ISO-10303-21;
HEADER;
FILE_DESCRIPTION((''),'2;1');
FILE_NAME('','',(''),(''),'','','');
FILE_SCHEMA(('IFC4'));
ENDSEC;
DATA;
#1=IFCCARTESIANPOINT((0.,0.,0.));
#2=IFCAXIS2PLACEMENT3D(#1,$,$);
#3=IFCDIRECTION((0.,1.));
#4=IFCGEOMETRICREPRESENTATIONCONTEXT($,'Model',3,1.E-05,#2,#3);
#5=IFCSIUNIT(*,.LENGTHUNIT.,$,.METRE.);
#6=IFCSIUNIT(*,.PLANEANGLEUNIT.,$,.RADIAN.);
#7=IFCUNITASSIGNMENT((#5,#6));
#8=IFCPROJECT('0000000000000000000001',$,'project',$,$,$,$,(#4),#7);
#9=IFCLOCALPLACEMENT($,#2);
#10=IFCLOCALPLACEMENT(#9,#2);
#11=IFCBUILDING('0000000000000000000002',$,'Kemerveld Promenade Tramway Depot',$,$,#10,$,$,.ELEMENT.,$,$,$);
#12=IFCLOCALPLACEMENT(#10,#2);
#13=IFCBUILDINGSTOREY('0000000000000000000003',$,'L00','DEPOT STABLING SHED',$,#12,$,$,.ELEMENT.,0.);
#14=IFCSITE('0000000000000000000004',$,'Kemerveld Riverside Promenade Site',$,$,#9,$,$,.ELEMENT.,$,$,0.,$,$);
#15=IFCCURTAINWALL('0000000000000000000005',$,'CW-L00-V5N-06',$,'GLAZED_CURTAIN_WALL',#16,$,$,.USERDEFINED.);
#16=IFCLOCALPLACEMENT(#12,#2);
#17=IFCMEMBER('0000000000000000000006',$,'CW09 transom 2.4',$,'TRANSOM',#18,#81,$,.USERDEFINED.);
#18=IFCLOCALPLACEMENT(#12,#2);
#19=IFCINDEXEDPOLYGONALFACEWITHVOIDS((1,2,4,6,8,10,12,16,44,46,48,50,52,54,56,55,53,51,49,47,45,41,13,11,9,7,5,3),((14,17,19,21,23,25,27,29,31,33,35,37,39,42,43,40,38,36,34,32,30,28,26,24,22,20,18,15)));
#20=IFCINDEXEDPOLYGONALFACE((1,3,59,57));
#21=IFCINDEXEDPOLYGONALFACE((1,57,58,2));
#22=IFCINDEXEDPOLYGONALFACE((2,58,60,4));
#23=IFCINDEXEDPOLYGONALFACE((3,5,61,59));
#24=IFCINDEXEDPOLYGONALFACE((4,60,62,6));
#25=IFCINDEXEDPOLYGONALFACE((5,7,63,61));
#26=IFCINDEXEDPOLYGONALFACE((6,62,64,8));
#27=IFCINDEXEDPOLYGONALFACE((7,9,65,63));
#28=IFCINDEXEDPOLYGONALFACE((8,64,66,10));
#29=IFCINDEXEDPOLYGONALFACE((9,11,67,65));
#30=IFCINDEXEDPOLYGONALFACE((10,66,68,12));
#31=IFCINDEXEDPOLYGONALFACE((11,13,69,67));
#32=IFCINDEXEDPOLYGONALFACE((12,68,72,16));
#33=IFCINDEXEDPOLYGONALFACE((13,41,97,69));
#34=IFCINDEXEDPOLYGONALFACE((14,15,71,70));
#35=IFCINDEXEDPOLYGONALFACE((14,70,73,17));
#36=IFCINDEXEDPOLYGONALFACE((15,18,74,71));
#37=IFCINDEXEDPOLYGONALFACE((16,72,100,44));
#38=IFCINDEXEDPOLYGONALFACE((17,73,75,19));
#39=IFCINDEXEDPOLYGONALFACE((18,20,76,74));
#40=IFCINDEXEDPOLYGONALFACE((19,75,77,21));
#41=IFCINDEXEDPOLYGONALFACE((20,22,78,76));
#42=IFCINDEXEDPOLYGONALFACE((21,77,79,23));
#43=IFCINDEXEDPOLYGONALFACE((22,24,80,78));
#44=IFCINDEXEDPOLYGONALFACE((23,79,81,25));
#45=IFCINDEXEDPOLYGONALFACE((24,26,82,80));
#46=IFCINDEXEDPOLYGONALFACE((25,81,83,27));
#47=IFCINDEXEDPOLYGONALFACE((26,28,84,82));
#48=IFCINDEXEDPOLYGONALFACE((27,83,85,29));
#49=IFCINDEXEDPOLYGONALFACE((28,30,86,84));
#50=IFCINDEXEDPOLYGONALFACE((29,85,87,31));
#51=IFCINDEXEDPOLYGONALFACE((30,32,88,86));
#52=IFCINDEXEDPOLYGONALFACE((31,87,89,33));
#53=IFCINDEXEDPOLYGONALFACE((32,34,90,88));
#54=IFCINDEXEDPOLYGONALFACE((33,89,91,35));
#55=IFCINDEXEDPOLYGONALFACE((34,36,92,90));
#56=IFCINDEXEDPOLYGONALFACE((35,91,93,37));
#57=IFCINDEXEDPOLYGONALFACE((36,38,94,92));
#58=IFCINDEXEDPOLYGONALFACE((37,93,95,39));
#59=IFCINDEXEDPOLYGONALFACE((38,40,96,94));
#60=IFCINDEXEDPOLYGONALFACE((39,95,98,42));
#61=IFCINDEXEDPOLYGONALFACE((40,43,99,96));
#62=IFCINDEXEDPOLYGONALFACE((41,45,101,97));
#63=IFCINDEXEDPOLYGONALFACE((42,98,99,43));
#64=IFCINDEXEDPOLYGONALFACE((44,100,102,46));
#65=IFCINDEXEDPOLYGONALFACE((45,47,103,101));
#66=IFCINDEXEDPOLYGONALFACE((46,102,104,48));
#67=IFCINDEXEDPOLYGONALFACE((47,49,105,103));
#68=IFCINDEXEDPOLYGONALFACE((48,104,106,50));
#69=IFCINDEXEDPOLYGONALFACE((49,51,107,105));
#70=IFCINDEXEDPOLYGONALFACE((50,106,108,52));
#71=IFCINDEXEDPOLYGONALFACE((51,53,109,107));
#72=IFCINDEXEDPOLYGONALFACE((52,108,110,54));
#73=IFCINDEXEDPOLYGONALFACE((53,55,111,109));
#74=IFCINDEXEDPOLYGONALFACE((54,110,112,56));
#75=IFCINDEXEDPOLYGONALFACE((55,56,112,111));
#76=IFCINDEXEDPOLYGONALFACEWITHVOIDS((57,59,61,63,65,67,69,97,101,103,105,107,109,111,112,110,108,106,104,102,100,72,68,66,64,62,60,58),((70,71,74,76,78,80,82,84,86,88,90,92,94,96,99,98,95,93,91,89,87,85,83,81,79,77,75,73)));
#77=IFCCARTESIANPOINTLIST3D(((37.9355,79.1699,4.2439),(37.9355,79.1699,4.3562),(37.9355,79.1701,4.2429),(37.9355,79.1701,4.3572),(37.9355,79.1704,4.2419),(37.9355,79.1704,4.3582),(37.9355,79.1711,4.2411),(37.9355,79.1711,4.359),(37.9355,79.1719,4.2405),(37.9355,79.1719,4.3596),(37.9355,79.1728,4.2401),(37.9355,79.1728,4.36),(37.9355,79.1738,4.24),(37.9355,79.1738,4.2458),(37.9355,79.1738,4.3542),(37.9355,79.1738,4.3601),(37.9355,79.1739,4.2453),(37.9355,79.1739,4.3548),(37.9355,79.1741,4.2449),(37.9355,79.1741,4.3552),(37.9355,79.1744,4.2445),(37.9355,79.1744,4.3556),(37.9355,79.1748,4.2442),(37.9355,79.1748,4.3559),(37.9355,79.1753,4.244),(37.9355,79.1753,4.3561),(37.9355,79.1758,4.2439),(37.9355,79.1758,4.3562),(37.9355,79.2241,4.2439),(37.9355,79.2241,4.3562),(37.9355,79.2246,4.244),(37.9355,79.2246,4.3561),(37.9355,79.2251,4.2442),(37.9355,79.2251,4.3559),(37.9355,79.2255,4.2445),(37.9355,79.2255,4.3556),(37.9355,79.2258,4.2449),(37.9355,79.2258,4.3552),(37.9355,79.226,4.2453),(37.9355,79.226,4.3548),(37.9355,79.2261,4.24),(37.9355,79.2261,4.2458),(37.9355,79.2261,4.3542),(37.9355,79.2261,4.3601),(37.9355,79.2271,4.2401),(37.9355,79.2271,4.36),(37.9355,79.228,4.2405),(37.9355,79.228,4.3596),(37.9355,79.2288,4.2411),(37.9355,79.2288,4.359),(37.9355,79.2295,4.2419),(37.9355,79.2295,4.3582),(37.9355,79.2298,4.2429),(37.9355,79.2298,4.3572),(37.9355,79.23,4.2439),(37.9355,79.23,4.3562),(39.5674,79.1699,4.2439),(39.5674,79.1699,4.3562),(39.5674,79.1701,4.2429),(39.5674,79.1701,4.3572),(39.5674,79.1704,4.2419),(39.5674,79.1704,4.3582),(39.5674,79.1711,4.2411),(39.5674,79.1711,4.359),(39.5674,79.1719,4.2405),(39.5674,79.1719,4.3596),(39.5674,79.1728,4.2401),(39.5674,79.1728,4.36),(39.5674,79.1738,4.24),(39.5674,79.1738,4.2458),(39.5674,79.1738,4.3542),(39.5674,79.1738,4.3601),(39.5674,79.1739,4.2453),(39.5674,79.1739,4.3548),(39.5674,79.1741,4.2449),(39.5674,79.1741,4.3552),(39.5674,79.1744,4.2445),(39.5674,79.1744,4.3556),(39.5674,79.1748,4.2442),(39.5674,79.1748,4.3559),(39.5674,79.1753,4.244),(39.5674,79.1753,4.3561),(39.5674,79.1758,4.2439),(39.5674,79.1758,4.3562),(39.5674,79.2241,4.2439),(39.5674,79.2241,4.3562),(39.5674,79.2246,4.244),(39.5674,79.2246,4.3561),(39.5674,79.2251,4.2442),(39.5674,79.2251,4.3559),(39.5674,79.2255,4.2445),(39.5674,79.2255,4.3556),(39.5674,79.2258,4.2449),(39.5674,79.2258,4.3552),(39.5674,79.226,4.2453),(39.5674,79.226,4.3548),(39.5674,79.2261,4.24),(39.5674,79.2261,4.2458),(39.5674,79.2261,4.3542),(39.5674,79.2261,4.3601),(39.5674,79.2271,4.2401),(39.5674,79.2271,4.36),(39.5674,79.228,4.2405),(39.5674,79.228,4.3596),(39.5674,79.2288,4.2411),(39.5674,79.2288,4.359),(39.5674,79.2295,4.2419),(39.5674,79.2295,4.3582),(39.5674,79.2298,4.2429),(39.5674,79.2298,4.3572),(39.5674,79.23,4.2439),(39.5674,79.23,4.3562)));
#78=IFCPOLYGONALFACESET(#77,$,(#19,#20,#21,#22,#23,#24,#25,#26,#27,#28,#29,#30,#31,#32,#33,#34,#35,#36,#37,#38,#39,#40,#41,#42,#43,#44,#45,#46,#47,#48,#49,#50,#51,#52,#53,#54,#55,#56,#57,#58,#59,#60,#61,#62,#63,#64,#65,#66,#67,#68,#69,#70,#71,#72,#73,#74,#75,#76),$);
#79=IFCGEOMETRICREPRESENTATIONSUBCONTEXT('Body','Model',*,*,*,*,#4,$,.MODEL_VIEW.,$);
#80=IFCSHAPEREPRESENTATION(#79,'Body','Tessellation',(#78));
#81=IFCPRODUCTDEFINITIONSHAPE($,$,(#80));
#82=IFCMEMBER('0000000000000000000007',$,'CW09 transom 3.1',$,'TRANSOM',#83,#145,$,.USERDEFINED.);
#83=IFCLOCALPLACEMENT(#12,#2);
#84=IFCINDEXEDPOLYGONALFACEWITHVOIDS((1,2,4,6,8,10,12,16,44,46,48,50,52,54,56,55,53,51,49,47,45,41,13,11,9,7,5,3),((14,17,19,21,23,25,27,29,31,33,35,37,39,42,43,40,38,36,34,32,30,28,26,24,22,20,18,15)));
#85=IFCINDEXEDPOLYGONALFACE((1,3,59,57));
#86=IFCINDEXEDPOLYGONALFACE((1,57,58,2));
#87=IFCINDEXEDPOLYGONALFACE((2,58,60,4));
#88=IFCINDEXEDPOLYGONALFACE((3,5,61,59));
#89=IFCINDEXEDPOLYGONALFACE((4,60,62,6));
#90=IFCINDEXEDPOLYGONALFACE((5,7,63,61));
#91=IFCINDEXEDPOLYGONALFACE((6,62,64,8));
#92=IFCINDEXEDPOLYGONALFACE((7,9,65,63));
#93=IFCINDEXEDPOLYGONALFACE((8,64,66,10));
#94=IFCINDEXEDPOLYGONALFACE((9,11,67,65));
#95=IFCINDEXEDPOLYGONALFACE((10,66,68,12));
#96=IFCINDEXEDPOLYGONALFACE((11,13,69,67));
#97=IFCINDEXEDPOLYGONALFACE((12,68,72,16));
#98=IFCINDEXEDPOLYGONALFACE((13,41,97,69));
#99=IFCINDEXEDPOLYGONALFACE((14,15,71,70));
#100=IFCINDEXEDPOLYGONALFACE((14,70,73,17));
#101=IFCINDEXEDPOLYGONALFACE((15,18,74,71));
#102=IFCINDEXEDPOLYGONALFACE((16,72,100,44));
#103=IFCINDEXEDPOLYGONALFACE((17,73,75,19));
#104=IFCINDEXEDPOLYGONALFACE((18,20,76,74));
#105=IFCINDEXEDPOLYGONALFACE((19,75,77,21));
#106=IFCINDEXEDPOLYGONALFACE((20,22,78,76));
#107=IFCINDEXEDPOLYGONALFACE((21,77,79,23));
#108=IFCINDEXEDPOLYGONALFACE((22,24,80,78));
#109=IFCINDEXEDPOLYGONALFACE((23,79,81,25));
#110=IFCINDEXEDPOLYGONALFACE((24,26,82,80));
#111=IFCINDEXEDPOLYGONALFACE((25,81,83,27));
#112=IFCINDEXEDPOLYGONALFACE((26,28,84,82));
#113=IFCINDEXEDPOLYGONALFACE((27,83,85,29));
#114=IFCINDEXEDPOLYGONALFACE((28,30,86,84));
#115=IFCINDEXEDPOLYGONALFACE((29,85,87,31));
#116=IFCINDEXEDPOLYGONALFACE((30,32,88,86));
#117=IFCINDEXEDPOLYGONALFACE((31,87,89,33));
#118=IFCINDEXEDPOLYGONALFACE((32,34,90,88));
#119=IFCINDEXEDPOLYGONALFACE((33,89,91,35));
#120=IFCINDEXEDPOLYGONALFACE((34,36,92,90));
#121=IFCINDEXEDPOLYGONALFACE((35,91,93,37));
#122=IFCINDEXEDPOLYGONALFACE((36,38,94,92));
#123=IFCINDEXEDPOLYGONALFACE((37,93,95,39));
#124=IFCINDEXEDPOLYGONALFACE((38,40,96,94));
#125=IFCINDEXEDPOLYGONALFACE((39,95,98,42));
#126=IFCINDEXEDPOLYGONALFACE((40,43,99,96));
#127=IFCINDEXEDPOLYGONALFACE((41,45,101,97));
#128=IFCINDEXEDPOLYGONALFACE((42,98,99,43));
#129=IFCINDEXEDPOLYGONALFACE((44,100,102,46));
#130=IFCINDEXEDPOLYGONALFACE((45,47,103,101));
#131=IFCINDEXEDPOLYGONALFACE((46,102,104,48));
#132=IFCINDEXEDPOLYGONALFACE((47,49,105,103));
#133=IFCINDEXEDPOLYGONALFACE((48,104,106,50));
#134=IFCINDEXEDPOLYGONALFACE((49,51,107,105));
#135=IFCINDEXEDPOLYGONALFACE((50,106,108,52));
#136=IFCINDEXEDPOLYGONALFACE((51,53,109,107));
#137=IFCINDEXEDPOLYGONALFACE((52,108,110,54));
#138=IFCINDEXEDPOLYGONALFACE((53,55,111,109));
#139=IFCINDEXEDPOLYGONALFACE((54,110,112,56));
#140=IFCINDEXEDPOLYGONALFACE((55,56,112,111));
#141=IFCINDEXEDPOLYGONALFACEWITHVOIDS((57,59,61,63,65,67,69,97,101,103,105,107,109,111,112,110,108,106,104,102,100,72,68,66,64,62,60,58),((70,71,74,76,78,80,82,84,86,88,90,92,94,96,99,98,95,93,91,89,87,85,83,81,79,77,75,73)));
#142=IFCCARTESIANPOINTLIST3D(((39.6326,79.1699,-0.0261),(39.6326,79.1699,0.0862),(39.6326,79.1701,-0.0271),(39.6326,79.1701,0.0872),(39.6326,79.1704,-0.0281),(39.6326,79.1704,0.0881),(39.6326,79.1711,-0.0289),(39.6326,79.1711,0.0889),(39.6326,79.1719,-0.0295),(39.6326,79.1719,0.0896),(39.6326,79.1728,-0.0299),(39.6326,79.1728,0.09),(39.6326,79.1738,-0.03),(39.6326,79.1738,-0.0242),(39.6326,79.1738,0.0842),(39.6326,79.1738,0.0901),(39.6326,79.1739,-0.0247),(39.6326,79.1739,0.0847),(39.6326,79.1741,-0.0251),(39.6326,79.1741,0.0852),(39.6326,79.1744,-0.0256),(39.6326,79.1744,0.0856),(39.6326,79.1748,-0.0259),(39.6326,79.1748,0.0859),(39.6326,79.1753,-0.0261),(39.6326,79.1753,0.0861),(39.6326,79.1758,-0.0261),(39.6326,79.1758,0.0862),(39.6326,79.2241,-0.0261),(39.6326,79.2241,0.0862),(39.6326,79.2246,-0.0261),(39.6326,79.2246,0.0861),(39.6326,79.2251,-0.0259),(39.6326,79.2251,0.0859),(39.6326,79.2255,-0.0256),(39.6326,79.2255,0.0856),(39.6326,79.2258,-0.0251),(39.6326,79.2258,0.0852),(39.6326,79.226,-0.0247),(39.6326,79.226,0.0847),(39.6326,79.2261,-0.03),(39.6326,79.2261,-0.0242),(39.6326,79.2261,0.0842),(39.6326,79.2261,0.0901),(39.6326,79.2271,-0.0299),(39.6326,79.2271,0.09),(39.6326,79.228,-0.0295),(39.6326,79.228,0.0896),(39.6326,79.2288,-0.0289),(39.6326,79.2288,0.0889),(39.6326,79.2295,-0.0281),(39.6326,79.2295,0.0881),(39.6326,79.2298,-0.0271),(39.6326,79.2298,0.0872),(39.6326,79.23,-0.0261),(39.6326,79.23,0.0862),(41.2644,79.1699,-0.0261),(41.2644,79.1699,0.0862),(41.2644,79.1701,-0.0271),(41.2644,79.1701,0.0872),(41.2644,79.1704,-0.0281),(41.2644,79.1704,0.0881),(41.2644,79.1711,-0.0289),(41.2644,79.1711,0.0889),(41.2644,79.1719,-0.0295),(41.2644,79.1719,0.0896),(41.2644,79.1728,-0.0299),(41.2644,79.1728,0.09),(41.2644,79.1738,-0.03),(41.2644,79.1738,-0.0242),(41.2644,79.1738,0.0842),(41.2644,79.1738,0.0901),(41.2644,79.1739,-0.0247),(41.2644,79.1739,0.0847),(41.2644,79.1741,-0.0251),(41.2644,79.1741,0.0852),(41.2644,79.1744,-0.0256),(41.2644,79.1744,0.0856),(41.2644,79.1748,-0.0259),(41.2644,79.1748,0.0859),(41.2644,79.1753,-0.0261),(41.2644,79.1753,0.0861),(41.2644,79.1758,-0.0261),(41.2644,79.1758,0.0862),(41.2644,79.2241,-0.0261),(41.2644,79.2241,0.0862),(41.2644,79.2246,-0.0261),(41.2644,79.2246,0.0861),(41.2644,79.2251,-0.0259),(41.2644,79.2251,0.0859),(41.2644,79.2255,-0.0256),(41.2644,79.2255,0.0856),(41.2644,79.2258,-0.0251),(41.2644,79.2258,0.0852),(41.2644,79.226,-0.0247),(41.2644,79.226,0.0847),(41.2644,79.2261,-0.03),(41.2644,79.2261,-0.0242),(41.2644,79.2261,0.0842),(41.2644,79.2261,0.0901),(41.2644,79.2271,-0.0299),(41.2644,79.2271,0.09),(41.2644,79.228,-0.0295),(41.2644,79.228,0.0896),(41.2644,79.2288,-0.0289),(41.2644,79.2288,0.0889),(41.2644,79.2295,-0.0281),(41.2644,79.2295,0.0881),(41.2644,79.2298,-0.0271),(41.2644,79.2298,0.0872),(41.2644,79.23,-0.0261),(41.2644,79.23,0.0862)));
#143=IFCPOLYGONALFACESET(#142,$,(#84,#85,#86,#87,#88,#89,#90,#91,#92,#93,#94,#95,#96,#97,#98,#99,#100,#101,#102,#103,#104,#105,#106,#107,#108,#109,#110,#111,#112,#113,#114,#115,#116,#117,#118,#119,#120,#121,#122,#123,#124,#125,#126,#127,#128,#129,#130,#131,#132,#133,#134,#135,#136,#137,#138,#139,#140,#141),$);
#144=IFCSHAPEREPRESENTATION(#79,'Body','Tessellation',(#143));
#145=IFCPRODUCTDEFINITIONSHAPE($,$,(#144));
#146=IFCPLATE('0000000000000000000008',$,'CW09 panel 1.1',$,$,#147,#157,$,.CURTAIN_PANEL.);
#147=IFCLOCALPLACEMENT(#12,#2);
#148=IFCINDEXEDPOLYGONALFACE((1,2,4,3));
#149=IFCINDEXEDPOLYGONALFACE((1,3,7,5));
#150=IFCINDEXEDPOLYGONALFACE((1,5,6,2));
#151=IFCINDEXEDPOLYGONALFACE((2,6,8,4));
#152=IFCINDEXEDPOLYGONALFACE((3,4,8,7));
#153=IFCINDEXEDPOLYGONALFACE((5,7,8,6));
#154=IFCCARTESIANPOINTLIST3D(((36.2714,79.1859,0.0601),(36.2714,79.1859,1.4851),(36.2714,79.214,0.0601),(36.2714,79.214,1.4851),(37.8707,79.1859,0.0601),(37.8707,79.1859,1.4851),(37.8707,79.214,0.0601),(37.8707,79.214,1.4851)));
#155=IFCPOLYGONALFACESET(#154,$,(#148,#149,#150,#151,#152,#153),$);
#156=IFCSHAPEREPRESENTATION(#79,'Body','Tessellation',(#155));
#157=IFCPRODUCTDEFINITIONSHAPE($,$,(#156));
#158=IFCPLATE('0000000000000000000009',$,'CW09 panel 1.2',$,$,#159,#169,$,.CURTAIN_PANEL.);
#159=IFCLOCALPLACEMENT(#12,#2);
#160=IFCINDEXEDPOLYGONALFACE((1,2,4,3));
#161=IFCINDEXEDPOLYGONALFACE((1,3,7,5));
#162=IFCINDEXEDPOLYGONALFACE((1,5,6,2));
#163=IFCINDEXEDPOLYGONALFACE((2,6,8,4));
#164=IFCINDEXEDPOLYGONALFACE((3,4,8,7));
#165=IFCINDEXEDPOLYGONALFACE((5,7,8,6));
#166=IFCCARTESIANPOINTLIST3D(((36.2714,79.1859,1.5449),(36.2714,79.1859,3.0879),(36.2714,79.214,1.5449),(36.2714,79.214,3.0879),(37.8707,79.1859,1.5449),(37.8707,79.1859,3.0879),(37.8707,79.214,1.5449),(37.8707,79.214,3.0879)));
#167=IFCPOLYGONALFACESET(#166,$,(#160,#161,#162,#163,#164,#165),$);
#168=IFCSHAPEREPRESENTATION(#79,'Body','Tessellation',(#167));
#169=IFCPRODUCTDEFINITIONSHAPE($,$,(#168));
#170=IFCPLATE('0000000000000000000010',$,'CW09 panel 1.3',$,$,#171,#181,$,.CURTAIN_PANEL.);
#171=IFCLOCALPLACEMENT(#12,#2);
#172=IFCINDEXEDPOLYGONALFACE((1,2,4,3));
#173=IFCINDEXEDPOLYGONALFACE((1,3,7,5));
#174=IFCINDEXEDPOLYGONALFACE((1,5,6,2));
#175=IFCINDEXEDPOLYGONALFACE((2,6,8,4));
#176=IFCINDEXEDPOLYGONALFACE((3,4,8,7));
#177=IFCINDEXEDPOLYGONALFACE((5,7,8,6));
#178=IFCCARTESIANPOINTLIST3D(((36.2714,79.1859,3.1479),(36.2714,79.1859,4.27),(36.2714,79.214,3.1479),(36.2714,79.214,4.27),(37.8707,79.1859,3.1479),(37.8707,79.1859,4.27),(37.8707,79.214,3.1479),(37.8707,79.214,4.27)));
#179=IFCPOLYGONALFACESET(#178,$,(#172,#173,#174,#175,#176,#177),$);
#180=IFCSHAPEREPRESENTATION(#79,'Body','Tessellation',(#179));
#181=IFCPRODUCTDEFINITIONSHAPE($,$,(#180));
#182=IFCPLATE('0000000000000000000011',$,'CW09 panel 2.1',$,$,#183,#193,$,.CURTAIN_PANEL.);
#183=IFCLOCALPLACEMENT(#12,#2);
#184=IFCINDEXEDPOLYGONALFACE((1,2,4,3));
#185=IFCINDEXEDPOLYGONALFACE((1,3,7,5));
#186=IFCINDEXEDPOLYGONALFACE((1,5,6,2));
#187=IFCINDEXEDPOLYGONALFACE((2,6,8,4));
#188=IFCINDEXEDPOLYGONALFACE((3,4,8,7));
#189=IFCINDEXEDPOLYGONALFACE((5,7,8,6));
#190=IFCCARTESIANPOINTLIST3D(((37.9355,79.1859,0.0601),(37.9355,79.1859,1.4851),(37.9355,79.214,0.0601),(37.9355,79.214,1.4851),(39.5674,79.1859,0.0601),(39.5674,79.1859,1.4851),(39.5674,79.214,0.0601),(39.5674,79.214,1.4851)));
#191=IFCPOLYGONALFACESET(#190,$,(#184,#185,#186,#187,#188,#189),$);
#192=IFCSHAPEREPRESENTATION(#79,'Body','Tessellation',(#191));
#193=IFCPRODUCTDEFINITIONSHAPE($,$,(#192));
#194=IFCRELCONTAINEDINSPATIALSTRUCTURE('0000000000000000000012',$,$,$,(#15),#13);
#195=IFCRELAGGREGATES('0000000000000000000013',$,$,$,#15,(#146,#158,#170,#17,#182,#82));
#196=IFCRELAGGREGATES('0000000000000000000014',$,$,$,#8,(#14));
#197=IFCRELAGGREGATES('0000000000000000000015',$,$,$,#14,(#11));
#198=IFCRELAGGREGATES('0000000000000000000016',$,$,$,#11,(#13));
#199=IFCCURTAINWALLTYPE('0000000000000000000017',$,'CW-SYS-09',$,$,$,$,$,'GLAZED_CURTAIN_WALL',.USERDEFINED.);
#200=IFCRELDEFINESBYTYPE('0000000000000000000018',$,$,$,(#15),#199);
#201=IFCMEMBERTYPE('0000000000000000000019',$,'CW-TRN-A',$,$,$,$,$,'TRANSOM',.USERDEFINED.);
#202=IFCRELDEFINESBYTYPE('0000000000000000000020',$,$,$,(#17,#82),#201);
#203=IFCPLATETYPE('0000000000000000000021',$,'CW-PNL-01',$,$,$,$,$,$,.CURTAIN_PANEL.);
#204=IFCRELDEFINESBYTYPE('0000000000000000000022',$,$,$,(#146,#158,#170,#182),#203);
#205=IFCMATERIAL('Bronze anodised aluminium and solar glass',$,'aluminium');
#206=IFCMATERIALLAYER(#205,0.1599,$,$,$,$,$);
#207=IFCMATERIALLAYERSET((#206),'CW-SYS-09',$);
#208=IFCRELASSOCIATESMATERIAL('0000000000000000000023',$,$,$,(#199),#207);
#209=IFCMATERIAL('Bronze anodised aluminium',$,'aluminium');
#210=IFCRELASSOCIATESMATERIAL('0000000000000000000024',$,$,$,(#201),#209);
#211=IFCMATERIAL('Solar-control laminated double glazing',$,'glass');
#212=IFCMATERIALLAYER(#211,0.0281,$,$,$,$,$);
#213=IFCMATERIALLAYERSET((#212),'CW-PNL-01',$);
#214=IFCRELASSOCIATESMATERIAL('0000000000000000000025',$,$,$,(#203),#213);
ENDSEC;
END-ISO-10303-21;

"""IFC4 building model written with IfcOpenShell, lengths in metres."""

from ifc_helpers import new_model, si_unit, direction, frame, origin, origin_2d, place, context, subcontext, project, spatial, rectangle, hollow_rectangle, extrude, material, layer, layer_set, material_profile, profile_set, type_object, element, aggregate, save


model = new_model("IFC4")

# Units and contexts
model_context = context("Model", 3, precision=1e-05, world=origin(), true_north=direction((0.0, 1.0)))
body_context = subcontext(model_context, "Body", "Model", "MODEL_VIEW")
ifc_project = project(units=[si_unit("LENGTHUNIT", "METRE"), si_unit("PLANEANGLEUNIT", "RADIAN")], contexts=[model_context])

# Site, building, storey
site_placement = place(None, origin())
site = spatial("IfcSite", under=ifc_project, at=site_placement, Name="Kemerveld Riverside Promenade Site", CompositionType="ELEMENT", RefElevation=0.0)
building_placement = place(site_placement, origin())
building = spatial("IfcBuilding", under=site, at=building_placement, Name="Kemerveld Promenade Tramway Depot", CompositionType="ELEMENT")
storey_placement = place(building_placement, origin())
storey = spatial("IfcBuildingStorey", under=building, at=storey_placement, Name="L00", Description="DEPOT STABLING SHED", CompositionType="ELEMENT", Elevation=0.0)

# Curtain wall, members, plates
ifc_material_1 = material(Name="Bronze anodised aluminium and solar glass", Category="aluminium")
ifc_layer_1 = layer(ifc_material_1, 0.1599)
ifc_layer_set_1 = layer_set([ifc_layer_1], Name="CW-SYS-09")
curtain_wall_type = type_object("IfcCurtainWallType", Name="CW-SYS-09", ElementType="GLAZED_CURTAIN_WALL", PredefinedType="USERDEFINED", material=ifc_layer_set_1)
curtain_wall_placement = place(storey_placement, origin())
curtain_wall = element("IfcCurtainWall", 1, at=curtain_wall_placement, inside=storey, type_object=curtain_wall_type, Name="CW-L00-V5N-06", ObjectType="GLAZED_CURTAIN_WALL", PredefinedType="USERDEFINED")
ifc_material_2 = material(Name="Bronze anodised aluminium", Category="aluminium")
ifc_material_profile_1 = material_profile(ifc_material_2, hollow_rectangle(XDim=0.0601, YDim=0.1201, WallThickness=0.0039, InnerFilletRadius=0.002, OuterFilletRadius=0.0039, at=origin_2d()), Name="CW-TRN-120x60")
ifc_profile_set_1 = profile_set([ifc_material_profile_1], Name="Bronze anodised aluminium")
member_type_1 = type_object("IfcMemberType", Name="CW-TRN-A", ElementType="TRANSOM", PredefinedType="USERDEFINED", material=ifc_profile_set_1)
member_1_placement = place(storey_placement, frame((37.9355, 79.2, 4.3), z_axis=(1.0, 0.0, 0.0), x_axis=(0.0, 1.0, 0.0)))
member_1 = element("IfcMember", 2, at=member_1_placement, type_object=member_type_1, Name="CW09 transom 2.4", ObjectType="TRANSOM", PredefinedType="USERDEFINED", context=body_context, shape_type="SweptSolid", body=[
    extrude(hollow_rectangle(XDim=0.0601, YDim=0.1201, WallThickness=0.0039, InnerFilletRadius=0.002, OuterFilletRadius=0.0039, at=origin_2d()), origin(), (0.0, 0.0, 1.0), 1.6318),
])
member_2_placement = place(storey_placement, frame((39.6326, 79.2, 0.03), z_axis=(1.0, 0.0, 0.0), x_axis=(0.0, 1.0, 0.0)))
member_2 = element("IfcMember", 3, at=member_2_placement, type_object=member_type_1, Name="CW09 transom 3.1", ObjectType="TRANSOM", PredefinedType="USERDEFINED", context=body_context, shape_type="SweptSolid", body=[
    extrude(hollow_rectangle(XDim=0.0601, YDim=0.1201, WallThickness=0.0039, InnerFilletRadius=0.002, OuterFilletRadius=0.0039, at=origin_2d()), origin(), (0.0, 0.0, 1.0), 1.6318),
])
ifc_material_3 = material(Name="Solar-control laminated double glazing", Category="glass")
ifc_layer_2 = layer(ifc_material_3, 0.0281)
ifc_layer_set_2 = layer_set([ifc_layer_2], Name="CW-PNL-01")
plate_type_1 = type_object("IfcPlateType", Name="CW-PNL-01", PredefinedType="CURTAIN_PANEL", material=ifc_layer_set_2)
plate_1_placement = place(storey_placement, frame((37.071, 79.2, 0.0601), z_axis=(0.0, 0.0, 1.0), x_axis=(1.0, 0.0, 0.0)))
plate_1 = element("IfcPlate", 4, at=plate_1_placement, type_object=plate_type_1, Name="CW09 panel 1.1", PredefinedType="CURTAIN_PANEL", context=body_context, shape_type="SweptSolid", body=[
    extrude(rectangle(XDim=1.5994, YDim=0.0281, at=origin_2d()), origin(), (0.0, 0.0, 1.0), 1.425),
])
plate_2_placement = place(storey_placement, frame((37.071, 79.2, 1.5449), z_axis=(0.0, 0.0, 1.0), x_axis=(1.0, 0.0, 0.0)))
plate_2 = element("IfcPlate", 5, at=plate_2_placement, type_object=plate_type_1, Name="CW09 panel 1.2", PredefinedType="CURTAIN_PANEL", context=body_context, shape_type="SweptSolid", body=[
    extrude(rectangle(XDim=1.5994, YDim=0.0281, at=origin_2d()), origin(), (0.0, 0.0, 1.0), 1.543),
])
plate_3_placement = place(storey_placement, frame((37.071, 79.2, 3.1479), z_axis=(0.0, 0.0, 1.0), x_axis=(1.0, 0.0, 0.0)))
plate_3 = element("IfcPlate", 6, at=plate_3_placement, type_object=plate_type_1, Name="CW09 panel 1.3", PredefinedType="CURTAIN_PANEL", context=body_context, shape_type="SweptSolid", body=[
    extrude(rectangle(XDim=1.5994, YDim=0.0281, at=origin_2d()), origin(), (0.0, 0.0, 1.0), 1.1221),
])
plate_4_placement = place(storey_placement, frame((38.7515, 79.2, 0.0601), z_axis=(0.0, 0.0, 1.0), x_axis=(1.0, 0.0, 0.0)))
plate_4 = element("IfcPlate", 7, at=plate_4_placement, type_object=plate_type_1, Name="CW09 panel 2.1", PredefinedType="CURTAIN_PANEL", context=body_context, shape_type="SweptSolid", body=[
    extrude(rectangle(XDim=1.6318, YDim=0.0281, at=origin_2d()), origin(), (0.0, 0.0, 1.0), 1.425),
])
aggregate(curtain_wall, [plate_1, plate_2, plate_3, member_1, plate_4, member_2])

save(model, "model.ifc")
